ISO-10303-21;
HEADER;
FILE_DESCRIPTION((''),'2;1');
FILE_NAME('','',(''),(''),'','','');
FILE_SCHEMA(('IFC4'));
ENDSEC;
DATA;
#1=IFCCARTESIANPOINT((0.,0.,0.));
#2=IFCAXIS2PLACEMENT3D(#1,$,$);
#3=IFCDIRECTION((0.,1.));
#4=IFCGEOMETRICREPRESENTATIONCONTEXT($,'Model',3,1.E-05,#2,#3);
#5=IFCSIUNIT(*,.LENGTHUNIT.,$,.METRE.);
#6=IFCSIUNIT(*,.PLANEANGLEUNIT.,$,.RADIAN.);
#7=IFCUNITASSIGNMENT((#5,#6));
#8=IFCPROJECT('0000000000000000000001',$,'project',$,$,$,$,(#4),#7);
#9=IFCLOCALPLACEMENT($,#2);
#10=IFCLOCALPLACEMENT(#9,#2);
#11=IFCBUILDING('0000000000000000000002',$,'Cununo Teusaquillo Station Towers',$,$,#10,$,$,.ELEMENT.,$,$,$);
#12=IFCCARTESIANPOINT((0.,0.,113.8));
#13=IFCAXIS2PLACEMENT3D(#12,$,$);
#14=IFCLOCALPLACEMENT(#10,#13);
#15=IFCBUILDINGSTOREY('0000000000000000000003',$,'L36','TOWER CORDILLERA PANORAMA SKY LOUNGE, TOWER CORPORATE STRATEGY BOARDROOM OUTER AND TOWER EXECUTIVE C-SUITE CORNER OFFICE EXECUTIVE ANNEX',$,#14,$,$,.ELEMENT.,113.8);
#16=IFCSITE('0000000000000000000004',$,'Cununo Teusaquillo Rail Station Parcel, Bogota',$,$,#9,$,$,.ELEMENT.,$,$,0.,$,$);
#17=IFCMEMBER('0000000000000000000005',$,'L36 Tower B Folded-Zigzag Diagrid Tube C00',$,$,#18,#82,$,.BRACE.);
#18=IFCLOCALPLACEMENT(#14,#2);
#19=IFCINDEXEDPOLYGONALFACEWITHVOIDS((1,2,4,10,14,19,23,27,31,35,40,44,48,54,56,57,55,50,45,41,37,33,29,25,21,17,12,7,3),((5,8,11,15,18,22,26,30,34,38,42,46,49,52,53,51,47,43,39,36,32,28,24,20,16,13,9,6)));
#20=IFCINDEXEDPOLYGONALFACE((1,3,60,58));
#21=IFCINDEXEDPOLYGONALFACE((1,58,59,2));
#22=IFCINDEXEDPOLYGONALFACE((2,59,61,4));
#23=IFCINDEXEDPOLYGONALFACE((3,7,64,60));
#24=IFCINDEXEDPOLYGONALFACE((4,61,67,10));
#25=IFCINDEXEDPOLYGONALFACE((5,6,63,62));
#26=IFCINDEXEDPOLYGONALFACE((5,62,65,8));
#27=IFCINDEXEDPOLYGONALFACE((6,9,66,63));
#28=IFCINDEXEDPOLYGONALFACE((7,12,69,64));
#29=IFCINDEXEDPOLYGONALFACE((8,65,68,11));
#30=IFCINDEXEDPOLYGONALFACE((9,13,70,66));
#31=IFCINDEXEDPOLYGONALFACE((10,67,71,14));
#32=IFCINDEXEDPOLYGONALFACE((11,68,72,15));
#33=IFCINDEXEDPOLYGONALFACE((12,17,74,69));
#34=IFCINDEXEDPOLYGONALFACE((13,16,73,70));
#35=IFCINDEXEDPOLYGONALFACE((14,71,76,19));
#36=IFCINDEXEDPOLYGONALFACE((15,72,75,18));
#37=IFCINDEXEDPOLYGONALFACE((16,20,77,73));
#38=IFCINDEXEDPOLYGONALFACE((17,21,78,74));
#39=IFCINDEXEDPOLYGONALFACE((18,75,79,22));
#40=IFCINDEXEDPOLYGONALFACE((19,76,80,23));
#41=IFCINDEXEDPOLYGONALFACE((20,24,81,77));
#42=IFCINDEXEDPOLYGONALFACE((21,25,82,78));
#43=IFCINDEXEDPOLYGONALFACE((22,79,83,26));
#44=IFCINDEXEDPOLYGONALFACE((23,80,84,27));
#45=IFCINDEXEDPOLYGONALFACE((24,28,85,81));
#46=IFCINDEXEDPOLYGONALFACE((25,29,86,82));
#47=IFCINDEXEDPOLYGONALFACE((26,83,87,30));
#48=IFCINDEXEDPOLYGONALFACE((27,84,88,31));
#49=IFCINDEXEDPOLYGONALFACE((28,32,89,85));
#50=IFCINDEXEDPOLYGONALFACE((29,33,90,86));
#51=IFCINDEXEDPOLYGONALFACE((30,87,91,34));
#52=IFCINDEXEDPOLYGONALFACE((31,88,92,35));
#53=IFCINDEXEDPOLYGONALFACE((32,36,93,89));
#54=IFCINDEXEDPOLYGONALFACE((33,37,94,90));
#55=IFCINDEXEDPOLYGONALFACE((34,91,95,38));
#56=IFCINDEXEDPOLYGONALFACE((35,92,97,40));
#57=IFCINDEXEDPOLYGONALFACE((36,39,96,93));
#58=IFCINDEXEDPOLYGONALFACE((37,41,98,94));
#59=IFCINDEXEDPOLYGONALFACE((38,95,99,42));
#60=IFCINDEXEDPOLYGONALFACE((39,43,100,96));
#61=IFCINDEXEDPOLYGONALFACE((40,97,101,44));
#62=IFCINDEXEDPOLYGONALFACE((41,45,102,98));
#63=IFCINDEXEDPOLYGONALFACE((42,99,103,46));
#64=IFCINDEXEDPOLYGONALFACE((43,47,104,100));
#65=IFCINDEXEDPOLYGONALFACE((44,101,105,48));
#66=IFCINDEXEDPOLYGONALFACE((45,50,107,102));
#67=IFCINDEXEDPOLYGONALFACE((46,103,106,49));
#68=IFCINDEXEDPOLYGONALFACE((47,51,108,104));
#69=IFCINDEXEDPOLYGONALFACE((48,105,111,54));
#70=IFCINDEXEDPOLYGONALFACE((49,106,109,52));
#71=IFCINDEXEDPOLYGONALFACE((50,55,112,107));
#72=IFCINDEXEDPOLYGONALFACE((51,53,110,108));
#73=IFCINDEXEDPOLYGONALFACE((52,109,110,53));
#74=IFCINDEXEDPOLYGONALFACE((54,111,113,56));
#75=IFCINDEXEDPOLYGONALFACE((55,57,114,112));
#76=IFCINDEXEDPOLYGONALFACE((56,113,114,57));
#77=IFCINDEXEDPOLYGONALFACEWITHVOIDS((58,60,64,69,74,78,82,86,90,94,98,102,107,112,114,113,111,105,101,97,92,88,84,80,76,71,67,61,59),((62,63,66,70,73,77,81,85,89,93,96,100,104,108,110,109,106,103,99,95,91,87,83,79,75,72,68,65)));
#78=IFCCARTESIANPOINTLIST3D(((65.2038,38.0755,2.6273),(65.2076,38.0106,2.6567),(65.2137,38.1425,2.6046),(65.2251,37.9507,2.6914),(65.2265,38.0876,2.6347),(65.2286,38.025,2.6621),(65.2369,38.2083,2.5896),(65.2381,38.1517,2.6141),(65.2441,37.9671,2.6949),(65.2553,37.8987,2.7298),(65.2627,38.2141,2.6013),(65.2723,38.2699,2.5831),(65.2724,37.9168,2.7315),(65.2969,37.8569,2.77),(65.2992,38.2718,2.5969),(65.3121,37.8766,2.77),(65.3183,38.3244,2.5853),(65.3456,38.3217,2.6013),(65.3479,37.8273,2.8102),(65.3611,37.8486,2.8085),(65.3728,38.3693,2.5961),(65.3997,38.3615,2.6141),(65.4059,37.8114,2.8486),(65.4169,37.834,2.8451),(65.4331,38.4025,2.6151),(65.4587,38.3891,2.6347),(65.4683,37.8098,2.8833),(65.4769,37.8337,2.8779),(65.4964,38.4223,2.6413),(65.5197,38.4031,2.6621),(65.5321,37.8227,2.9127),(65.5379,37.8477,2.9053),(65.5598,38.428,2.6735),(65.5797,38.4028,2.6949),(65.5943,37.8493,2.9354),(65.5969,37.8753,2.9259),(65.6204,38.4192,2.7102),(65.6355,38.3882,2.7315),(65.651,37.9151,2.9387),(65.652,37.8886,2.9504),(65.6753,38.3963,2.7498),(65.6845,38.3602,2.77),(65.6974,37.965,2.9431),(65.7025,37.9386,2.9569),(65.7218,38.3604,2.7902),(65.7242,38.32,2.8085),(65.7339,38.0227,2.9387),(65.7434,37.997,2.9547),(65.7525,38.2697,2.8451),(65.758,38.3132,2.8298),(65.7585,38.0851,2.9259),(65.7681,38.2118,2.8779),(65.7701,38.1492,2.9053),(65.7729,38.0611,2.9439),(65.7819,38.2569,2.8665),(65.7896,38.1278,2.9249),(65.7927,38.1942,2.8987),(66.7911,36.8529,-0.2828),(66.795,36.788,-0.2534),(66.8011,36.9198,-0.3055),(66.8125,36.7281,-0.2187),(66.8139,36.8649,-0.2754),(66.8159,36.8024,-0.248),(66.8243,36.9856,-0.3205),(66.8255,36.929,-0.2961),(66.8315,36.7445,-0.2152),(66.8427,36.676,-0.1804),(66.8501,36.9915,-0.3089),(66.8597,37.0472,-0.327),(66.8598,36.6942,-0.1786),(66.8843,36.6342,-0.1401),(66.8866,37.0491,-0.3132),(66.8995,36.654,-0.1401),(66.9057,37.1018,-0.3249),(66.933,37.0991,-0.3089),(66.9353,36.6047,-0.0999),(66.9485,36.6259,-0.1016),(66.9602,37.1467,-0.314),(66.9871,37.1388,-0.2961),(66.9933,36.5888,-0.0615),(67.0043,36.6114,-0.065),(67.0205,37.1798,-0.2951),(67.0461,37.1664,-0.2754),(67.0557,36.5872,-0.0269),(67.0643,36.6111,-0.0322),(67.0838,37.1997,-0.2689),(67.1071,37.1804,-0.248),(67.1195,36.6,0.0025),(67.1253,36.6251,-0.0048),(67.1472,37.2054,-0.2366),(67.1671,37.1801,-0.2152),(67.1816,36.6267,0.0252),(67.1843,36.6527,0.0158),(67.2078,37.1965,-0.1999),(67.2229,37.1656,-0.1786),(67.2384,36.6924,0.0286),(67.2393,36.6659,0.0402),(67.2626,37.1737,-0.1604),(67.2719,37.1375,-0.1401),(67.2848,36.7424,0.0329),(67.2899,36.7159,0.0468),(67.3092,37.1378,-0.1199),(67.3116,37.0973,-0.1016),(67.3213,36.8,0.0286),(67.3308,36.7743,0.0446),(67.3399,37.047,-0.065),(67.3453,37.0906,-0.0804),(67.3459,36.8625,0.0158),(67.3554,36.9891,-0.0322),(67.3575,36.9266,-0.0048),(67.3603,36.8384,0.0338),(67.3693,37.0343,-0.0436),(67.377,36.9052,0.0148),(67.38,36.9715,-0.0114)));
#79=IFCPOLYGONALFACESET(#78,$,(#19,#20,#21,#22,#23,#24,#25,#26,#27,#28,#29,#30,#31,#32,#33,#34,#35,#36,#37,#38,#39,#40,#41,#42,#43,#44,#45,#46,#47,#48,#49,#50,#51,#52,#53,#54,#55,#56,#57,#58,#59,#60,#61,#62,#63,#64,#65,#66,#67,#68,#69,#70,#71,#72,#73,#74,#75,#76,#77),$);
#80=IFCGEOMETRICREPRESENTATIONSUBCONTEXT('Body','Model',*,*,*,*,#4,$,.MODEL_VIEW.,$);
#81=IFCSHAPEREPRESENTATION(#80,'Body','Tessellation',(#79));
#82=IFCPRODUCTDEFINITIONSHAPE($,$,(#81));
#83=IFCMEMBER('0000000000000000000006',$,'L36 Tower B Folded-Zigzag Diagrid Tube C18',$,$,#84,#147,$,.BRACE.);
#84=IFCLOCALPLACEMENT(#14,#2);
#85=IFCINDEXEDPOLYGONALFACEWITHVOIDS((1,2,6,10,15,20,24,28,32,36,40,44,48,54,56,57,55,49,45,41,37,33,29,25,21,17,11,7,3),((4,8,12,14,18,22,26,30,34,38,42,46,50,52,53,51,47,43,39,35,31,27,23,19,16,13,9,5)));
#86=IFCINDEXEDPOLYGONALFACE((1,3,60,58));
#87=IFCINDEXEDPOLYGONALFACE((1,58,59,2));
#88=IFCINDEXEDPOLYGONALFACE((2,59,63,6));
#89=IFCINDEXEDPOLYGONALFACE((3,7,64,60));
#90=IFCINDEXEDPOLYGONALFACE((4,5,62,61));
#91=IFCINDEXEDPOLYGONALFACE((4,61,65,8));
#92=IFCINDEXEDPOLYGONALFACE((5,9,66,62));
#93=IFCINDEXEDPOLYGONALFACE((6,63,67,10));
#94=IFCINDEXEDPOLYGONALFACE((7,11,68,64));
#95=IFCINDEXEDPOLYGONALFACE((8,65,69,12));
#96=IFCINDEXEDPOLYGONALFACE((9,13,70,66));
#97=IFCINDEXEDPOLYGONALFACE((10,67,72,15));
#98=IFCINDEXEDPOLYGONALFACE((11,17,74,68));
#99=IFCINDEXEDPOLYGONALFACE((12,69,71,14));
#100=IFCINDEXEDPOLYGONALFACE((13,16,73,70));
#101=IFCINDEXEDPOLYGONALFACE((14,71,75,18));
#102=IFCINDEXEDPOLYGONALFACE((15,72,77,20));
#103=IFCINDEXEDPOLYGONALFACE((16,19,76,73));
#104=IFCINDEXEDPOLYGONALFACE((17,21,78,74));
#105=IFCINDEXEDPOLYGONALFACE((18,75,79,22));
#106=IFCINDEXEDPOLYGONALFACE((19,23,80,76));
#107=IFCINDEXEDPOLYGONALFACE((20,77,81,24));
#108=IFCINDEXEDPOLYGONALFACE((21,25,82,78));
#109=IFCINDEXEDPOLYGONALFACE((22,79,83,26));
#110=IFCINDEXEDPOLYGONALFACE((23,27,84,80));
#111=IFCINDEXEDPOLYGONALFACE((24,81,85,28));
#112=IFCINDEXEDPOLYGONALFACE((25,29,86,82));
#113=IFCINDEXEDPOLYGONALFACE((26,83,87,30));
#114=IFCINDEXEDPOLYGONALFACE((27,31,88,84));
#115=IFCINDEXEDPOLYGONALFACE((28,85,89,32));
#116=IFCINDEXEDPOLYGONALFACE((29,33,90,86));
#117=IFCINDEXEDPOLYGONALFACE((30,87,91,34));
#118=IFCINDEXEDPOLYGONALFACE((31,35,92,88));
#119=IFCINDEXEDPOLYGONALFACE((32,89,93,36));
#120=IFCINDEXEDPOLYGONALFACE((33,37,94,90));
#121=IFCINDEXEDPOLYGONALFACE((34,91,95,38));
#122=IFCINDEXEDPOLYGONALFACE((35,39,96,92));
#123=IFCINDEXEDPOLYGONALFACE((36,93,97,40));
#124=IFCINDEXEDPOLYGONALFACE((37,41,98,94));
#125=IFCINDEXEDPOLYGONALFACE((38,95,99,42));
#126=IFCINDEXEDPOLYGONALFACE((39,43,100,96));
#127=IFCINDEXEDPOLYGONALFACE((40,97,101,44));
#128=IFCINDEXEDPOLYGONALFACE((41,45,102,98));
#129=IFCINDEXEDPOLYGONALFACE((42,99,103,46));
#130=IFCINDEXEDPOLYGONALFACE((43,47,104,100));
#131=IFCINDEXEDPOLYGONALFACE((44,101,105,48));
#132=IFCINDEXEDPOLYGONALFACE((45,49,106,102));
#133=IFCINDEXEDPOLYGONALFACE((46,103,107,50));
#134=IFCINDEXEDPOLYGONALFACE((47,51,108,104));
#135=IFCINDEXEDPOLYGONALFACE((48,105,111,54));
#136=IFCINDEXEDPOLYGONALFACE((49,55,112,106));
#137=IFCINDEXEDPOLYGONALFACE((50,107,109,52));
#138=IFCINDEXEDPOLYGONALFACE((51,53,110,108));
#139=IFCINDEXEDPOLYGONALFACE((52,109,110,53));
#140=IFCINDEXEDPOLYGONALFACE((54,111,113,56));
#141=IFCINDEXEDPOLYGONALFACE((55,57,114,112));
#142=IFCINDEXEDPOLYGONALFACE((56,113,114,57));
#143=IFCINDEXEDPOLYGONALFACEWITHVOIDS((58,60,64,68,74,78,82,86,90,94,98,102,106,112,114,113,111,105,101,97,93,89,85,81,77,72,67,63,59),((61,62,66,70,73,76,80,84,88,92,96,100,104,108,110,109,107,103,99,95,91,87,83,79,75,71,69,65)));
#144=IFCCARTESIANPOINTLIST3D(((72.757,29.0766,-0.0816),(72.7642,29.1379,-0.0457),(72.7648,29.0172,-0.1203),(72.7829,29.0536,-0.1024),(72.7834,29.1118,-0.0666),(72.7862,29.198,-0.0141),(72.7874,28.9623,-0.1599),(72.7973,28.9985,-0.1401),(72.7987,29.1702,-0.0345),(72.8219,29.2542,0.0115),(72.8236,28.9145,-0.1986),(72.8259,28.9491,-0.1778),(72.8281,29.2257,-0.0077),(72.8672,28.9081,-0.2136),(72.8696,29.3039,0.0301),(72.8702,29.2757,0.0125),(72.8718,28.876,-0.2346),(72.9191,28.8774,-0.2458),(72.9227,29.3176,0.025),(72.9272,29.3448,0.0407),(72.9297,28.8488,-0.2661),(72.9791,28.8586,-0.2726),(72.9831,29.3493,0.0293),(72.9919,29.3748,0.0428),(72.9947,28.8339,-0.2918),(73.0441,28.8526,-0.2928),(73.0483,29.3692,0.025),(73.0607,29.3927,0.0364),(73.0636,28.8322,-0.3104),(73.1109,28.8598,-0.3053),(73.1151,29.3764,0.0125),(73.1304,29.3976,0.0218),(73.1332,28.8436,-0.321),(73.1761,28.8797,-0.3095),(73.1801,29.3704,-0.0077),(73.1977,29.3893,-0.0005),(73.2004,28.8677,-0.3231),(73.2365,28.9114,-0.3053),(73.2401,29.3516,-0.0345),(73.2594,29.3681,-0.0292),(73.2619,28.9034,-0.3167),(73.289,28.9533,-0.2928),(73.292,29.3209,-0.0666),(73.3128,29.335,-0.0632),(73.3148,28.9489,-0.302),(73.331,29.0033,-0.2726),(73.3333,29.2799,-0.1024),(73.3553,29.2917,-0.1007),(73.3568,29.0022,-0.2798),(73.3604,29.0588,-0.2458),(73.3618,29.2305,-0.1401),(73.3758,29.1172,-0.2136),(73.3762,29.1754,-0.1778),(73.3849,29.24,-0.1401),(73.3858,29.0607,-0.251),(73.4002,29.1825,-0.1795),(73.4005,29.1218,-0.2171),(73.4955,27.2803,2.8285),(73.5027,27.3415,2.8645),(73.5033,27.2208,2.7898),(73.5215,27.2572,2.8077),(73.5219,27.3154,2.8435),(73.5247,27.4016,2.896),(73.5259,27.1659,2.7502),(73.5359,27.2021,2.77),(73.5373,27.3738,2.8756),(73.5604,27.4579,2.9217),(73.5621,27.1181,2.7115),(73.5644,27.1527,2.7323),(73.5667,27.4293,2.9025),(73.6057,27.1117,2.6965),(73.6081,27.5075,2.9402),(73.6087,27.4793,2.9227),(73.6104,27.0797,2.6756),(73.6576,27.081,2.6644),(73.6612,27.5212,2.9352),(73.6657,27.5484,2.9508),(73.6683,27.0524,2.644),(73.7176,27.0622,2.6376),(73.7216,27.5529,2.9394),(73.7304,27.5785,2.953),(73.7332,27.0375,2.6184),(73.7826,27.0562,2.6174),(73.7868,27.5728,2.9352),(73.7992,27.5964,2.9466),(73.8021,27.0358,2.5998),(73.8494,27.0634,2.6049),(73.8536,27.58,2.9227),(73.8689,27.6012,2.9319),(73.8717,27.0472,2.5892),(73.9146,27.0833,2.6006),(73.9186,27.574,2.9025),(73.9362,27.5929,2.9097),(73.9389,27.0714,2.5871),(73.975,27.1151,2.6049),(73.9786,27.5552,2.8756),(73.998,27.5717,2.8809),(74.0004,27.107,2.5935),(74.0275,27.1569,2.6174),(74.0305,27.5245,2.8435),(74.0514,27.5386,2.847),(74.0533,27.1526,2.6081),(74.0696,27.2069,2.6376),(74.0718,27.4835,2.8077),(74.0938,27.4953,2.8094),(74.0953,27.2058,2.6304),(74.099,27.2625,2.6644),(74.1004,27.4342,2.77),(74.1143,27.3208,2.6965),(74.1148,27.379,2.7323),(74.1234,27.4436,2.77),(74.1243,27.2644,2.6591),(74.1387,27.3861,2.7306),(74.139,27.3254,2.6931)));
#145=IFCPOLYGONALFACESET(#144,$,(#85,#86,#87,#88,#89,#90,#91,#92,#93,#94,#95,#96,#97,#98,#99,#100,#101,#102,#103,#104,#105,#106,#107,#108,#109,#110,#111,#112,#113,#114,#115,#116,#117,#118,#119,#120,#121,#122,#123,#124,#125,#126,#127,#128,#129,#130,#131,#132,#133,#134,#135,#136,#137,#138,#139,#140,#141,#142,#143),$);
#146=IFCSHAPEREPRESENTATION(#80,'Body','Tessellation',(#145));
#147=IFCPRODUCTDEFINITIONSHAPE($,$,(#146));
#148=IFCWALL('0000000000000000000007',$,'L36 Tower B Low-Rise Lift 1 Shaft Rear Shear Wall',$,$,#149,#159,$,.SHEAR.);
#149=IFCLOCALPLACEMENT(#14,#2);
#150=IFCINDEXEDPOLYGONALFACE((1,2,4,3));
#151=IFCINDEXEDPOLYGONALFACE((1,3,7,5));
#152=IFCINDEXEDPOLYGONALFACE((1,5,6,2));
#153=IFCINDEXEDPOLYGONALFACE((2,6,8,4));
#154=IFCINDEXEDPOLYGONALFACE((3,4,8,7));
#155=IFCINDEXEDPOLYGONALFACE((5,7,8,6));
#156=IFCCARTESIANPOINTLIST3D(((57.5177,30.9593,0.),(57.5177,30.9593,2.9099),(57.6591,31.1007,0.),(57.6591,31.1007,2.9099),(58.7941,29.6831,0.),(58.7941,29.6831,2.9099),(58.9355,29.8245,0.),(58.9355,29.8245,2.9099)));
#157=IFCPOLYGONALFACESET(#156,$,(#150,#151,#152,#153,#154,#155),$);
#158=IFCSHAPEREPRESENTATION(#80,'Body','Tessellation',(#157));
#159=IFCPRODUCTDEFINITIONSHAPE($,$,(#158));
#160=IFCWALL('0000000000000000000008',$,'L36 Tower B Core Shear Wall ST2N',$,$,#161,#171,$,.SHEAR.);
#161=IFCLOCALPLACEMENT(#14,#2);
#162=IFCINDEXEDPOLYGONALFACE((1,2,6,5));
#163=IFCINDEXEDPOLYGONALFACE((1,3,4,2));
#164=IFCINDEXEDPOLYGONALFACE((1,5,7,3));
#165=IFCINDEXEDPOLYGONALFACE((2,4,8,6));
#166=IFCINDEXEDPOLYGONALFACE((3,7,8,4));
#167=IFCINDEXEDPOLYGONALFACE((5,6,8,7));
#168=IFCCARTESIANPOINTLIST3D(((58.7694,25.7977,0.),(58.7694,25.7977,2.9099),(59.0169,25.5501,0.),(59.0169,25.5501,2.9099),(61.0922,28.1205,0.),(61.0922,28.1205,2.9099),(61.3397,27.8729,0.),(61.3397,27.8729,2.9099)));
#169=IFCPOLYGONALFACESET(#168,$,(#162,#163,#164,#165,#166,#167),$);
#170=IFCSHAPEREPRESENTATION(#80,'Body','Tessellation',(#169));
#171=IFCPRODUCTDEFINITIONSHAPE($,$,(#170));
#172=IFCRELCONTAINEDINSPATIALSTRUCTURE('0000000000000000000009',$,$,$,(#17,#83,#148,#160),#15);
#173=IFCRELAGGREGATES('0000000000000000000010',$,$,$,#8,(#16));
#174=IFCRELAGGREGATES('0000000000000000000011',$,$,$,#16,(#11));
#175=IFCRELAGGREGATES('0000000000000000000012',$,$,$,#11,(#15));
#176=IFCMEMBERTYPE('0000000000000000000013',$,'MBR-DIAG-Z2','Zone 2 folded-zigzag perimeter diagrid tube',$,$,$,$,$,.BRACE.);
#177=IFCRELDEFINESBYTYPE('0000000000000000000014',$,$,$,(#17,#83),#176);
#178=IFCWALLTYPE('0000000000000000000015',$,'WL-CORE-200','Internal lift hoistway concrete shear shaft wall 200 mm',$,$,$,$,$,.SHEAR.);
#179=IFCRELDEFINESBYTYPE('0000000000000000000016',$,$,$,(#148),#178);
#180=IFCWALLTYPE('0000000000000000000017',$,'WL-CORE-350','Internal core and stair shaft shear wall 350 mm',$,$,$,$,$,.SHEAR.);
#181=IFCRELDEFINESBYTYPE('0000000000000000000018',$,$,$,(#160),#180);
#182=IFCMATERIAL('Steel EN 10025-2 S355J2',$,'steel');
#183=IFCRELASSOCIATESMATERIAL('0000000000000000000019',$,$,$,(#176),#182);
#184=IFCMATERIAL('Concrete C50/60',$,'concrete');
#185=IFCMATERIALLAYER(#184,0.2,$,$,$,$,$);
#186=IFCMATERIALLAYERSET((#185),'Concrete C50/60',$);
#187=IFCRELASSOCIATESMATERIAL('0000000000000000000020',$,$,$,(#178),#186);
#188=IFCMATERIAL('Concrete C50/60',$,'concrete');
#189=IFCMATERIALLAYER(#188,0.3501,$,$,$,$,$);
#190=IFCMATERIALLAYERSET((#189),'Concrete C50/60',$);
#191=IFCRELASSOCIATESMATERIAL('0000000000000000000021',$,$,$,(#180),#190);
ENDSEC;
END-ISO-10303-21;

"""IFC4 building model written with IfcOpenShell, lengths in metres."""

from ifc_helpers import new_model, si_unit, direction, frame, frame_2d, origin, origin_2d, place, context, subcontext, project, spatial, rectangle, hollow_circle, extrude, material, layer, layer_set, material_profile, profile_set, type_object, element, save


model = new_model("IFC4")

# Units and contexts
model_context = context("Model", 3, precision=1e-05, world=origin(), true_north=direction((0.0, 1.0)))
body_context = subcontext(model_context, "Body", "Model", "MODEL_VIEW")
ifc_project = project(units=[si_unit("LENGTHUNIT", "METRE"), si_unit("PLANEANGLEUNIT", "RADIAN")], contexts=[model_context])

# Site, building, storey
site_placement = place(None, origin())
site = spatial("IfcSite", under=ifc_project, at=site_placement, Name="Cununo Teusaquillo Rail Station Parcel, Bogota", CompositionType="ELEMENT", RefElevation=0.0)
building_placement = place(site_placement, origin())
building = spatial("IfcBuilding", under=site, at=building_placement, Name="Cununo Teusaquillo Station Towers", CompositionType="ELEMENT")
storey_placement = place(building_placement, frame((0.0, 0.0, 113.8)))
storey = spatial("IfcBuildingStorey", under=building, at=storey_placement, Name="L36", Description="TOWER CORDILLERA PANORAMA SKY LOUNGE, TOWER CORPORATE STRATEGY BOARDROOM OUTER AND TOWER EXECUTIVE C-SUITE CORNER OFFICE EXECUTIVE ANNEX", CompositionType="ELEMENT", Elevation=113.8)

# Members
ifc_material_1 = material(Name="Steel EN 10025-2 S355J2", Category="steel")
ifc_material_profile_1 = material_profile(ifc_material_1, hollow_circle(Radius=0.3301, WallThickness=0.0249, at=origin_2d()), Name="CHS 660x25")
ifc_profile_set_1 = profile_set([ifc_material_profile_1], Name="Steel EN 10025-2 S355J2")
member_type = type_object("IfcMemberType", Name="MBR-DIAG-Z2", Description="Zone 2 folded-zigzag perimeter diagrid tube", PredefinedType="BRACE", material=ifc_profile_set_1)
member_1_placement = place(storey_placement, frame((67.0857, 36.8958, -0.1401), z_axis=(-0.449277, 0.346044, 0.823652), x_axis=(-0.610205, -0.792243, 0.0)))
element("IfcMember", 1, at=member_1_placement, inside=storey, type_object=member_type, Name="L36 Tower B Folded-Zigzag Diagrid Tube C00", PredefinedType="BRACE", context=body_context, shape_type="SweptSolid", body=[
    extrude(hollow_circle(Radius=0.3301, WallThickness=0.0249, at=origin_2d()), origin(), (0.0, 0.0, 1.0), 3.5332),
])
member_2_placement = place(storey_placement, frame((73.0796, 29.1145, -0.1401), z_axis=(0.211081, -0.513433, 0.831764), x_axis=(0.924889, 0.380238, 0.0)))
element("IfcMember", 2, at=member_2_placement, inside=storey, type_object=member_type, Name="L36 Tower B Folded-Zigzag Diagrid Tube C18", PredefinedType="BRACE", context=body_context, shape_type="SweptSolid", body=[
    extrude(hollow_circle(Radius=0.3301, WallThickness=0.0249, at=origin_2d()), origin(), (0.0, 0.0, 1.0), 3.4988),
])

# Walls
ifc_material_2 = material(Name="Concrete C50/60", Category="concrete")
ifc_layer_1 = layer(ifc_material_2, 0.2)
ifc_layer_set_1 = layer_set([ifc_layer_1], Name="Concrete C50/60")
wall_type_1 = type_object("IfcWallType", Name="WL-CORE-200", Description="Internal lift hoistway concrete shear shaft wall 200 mm", PredefinedType="SHEAR", material=ifc_layer_set_1)
wall_1_placement = place(storey_placement, frame((58.8647, 29.7539, 0.0), z_axis=(0.0, 0.0, 1.0), x_axis=(-0.707174, 0.707039, 0.0)))
element("IfcWall", 3, at=wall_1_placement, inside=storey, type_object=wall_type_1, Name="L36 Tower B Low-Rise Lift 1 Shaft Rear Shear Wall", PredefinedType="SHEAR", context=body_context, shape_type="SweptSolid", body=[
    extrude(rectangle(XDim=1.8049, YDim=0.2, at=frame_2d((0.9023, 0.0))), origin(), (0.0, 0.0, 1.0), 2.9099),
])
ifc_material_3 = material(Name="Concrete C50/60", Category="concrete")
ifc_layer_2 = layer(ifc_material_3, 0.3501)
ifc_layer_set_2 = layer_set([ifc_layer_2], Name="Concrete C50/60")
wall_type_2 = type_object("IfcWallType", Name="WL-CORE-350", Description="Internal core and stair shaft shear wall 350 mm", PredefinedType="SHEAR", material=ifc_layer_set_2)
wall_2_placement = place(storey_placement, frame((58.8931, 25.6738, 0.0), z_axis=(0.0, 0.0, 1.0), x_axis=(0.707107, 0.707107, 0.0)))
element("IfcWall", 4, at=wall_2_placement, inside=storey, type_object=wall_type_2, Name="L36 Tower B Core Shear Wall ST2N", PredefinedType="SHEAR", context=body_context, shape_type="SweptSolid", body=[
    extrude(rectangle(XDim=3.2849, YDim=0.3501, at=frame_2d((1.6426, 0.0))), origin(), (0.0, 0.0, 1.0), 2.9099),
])

save(model, "model.ifc")
